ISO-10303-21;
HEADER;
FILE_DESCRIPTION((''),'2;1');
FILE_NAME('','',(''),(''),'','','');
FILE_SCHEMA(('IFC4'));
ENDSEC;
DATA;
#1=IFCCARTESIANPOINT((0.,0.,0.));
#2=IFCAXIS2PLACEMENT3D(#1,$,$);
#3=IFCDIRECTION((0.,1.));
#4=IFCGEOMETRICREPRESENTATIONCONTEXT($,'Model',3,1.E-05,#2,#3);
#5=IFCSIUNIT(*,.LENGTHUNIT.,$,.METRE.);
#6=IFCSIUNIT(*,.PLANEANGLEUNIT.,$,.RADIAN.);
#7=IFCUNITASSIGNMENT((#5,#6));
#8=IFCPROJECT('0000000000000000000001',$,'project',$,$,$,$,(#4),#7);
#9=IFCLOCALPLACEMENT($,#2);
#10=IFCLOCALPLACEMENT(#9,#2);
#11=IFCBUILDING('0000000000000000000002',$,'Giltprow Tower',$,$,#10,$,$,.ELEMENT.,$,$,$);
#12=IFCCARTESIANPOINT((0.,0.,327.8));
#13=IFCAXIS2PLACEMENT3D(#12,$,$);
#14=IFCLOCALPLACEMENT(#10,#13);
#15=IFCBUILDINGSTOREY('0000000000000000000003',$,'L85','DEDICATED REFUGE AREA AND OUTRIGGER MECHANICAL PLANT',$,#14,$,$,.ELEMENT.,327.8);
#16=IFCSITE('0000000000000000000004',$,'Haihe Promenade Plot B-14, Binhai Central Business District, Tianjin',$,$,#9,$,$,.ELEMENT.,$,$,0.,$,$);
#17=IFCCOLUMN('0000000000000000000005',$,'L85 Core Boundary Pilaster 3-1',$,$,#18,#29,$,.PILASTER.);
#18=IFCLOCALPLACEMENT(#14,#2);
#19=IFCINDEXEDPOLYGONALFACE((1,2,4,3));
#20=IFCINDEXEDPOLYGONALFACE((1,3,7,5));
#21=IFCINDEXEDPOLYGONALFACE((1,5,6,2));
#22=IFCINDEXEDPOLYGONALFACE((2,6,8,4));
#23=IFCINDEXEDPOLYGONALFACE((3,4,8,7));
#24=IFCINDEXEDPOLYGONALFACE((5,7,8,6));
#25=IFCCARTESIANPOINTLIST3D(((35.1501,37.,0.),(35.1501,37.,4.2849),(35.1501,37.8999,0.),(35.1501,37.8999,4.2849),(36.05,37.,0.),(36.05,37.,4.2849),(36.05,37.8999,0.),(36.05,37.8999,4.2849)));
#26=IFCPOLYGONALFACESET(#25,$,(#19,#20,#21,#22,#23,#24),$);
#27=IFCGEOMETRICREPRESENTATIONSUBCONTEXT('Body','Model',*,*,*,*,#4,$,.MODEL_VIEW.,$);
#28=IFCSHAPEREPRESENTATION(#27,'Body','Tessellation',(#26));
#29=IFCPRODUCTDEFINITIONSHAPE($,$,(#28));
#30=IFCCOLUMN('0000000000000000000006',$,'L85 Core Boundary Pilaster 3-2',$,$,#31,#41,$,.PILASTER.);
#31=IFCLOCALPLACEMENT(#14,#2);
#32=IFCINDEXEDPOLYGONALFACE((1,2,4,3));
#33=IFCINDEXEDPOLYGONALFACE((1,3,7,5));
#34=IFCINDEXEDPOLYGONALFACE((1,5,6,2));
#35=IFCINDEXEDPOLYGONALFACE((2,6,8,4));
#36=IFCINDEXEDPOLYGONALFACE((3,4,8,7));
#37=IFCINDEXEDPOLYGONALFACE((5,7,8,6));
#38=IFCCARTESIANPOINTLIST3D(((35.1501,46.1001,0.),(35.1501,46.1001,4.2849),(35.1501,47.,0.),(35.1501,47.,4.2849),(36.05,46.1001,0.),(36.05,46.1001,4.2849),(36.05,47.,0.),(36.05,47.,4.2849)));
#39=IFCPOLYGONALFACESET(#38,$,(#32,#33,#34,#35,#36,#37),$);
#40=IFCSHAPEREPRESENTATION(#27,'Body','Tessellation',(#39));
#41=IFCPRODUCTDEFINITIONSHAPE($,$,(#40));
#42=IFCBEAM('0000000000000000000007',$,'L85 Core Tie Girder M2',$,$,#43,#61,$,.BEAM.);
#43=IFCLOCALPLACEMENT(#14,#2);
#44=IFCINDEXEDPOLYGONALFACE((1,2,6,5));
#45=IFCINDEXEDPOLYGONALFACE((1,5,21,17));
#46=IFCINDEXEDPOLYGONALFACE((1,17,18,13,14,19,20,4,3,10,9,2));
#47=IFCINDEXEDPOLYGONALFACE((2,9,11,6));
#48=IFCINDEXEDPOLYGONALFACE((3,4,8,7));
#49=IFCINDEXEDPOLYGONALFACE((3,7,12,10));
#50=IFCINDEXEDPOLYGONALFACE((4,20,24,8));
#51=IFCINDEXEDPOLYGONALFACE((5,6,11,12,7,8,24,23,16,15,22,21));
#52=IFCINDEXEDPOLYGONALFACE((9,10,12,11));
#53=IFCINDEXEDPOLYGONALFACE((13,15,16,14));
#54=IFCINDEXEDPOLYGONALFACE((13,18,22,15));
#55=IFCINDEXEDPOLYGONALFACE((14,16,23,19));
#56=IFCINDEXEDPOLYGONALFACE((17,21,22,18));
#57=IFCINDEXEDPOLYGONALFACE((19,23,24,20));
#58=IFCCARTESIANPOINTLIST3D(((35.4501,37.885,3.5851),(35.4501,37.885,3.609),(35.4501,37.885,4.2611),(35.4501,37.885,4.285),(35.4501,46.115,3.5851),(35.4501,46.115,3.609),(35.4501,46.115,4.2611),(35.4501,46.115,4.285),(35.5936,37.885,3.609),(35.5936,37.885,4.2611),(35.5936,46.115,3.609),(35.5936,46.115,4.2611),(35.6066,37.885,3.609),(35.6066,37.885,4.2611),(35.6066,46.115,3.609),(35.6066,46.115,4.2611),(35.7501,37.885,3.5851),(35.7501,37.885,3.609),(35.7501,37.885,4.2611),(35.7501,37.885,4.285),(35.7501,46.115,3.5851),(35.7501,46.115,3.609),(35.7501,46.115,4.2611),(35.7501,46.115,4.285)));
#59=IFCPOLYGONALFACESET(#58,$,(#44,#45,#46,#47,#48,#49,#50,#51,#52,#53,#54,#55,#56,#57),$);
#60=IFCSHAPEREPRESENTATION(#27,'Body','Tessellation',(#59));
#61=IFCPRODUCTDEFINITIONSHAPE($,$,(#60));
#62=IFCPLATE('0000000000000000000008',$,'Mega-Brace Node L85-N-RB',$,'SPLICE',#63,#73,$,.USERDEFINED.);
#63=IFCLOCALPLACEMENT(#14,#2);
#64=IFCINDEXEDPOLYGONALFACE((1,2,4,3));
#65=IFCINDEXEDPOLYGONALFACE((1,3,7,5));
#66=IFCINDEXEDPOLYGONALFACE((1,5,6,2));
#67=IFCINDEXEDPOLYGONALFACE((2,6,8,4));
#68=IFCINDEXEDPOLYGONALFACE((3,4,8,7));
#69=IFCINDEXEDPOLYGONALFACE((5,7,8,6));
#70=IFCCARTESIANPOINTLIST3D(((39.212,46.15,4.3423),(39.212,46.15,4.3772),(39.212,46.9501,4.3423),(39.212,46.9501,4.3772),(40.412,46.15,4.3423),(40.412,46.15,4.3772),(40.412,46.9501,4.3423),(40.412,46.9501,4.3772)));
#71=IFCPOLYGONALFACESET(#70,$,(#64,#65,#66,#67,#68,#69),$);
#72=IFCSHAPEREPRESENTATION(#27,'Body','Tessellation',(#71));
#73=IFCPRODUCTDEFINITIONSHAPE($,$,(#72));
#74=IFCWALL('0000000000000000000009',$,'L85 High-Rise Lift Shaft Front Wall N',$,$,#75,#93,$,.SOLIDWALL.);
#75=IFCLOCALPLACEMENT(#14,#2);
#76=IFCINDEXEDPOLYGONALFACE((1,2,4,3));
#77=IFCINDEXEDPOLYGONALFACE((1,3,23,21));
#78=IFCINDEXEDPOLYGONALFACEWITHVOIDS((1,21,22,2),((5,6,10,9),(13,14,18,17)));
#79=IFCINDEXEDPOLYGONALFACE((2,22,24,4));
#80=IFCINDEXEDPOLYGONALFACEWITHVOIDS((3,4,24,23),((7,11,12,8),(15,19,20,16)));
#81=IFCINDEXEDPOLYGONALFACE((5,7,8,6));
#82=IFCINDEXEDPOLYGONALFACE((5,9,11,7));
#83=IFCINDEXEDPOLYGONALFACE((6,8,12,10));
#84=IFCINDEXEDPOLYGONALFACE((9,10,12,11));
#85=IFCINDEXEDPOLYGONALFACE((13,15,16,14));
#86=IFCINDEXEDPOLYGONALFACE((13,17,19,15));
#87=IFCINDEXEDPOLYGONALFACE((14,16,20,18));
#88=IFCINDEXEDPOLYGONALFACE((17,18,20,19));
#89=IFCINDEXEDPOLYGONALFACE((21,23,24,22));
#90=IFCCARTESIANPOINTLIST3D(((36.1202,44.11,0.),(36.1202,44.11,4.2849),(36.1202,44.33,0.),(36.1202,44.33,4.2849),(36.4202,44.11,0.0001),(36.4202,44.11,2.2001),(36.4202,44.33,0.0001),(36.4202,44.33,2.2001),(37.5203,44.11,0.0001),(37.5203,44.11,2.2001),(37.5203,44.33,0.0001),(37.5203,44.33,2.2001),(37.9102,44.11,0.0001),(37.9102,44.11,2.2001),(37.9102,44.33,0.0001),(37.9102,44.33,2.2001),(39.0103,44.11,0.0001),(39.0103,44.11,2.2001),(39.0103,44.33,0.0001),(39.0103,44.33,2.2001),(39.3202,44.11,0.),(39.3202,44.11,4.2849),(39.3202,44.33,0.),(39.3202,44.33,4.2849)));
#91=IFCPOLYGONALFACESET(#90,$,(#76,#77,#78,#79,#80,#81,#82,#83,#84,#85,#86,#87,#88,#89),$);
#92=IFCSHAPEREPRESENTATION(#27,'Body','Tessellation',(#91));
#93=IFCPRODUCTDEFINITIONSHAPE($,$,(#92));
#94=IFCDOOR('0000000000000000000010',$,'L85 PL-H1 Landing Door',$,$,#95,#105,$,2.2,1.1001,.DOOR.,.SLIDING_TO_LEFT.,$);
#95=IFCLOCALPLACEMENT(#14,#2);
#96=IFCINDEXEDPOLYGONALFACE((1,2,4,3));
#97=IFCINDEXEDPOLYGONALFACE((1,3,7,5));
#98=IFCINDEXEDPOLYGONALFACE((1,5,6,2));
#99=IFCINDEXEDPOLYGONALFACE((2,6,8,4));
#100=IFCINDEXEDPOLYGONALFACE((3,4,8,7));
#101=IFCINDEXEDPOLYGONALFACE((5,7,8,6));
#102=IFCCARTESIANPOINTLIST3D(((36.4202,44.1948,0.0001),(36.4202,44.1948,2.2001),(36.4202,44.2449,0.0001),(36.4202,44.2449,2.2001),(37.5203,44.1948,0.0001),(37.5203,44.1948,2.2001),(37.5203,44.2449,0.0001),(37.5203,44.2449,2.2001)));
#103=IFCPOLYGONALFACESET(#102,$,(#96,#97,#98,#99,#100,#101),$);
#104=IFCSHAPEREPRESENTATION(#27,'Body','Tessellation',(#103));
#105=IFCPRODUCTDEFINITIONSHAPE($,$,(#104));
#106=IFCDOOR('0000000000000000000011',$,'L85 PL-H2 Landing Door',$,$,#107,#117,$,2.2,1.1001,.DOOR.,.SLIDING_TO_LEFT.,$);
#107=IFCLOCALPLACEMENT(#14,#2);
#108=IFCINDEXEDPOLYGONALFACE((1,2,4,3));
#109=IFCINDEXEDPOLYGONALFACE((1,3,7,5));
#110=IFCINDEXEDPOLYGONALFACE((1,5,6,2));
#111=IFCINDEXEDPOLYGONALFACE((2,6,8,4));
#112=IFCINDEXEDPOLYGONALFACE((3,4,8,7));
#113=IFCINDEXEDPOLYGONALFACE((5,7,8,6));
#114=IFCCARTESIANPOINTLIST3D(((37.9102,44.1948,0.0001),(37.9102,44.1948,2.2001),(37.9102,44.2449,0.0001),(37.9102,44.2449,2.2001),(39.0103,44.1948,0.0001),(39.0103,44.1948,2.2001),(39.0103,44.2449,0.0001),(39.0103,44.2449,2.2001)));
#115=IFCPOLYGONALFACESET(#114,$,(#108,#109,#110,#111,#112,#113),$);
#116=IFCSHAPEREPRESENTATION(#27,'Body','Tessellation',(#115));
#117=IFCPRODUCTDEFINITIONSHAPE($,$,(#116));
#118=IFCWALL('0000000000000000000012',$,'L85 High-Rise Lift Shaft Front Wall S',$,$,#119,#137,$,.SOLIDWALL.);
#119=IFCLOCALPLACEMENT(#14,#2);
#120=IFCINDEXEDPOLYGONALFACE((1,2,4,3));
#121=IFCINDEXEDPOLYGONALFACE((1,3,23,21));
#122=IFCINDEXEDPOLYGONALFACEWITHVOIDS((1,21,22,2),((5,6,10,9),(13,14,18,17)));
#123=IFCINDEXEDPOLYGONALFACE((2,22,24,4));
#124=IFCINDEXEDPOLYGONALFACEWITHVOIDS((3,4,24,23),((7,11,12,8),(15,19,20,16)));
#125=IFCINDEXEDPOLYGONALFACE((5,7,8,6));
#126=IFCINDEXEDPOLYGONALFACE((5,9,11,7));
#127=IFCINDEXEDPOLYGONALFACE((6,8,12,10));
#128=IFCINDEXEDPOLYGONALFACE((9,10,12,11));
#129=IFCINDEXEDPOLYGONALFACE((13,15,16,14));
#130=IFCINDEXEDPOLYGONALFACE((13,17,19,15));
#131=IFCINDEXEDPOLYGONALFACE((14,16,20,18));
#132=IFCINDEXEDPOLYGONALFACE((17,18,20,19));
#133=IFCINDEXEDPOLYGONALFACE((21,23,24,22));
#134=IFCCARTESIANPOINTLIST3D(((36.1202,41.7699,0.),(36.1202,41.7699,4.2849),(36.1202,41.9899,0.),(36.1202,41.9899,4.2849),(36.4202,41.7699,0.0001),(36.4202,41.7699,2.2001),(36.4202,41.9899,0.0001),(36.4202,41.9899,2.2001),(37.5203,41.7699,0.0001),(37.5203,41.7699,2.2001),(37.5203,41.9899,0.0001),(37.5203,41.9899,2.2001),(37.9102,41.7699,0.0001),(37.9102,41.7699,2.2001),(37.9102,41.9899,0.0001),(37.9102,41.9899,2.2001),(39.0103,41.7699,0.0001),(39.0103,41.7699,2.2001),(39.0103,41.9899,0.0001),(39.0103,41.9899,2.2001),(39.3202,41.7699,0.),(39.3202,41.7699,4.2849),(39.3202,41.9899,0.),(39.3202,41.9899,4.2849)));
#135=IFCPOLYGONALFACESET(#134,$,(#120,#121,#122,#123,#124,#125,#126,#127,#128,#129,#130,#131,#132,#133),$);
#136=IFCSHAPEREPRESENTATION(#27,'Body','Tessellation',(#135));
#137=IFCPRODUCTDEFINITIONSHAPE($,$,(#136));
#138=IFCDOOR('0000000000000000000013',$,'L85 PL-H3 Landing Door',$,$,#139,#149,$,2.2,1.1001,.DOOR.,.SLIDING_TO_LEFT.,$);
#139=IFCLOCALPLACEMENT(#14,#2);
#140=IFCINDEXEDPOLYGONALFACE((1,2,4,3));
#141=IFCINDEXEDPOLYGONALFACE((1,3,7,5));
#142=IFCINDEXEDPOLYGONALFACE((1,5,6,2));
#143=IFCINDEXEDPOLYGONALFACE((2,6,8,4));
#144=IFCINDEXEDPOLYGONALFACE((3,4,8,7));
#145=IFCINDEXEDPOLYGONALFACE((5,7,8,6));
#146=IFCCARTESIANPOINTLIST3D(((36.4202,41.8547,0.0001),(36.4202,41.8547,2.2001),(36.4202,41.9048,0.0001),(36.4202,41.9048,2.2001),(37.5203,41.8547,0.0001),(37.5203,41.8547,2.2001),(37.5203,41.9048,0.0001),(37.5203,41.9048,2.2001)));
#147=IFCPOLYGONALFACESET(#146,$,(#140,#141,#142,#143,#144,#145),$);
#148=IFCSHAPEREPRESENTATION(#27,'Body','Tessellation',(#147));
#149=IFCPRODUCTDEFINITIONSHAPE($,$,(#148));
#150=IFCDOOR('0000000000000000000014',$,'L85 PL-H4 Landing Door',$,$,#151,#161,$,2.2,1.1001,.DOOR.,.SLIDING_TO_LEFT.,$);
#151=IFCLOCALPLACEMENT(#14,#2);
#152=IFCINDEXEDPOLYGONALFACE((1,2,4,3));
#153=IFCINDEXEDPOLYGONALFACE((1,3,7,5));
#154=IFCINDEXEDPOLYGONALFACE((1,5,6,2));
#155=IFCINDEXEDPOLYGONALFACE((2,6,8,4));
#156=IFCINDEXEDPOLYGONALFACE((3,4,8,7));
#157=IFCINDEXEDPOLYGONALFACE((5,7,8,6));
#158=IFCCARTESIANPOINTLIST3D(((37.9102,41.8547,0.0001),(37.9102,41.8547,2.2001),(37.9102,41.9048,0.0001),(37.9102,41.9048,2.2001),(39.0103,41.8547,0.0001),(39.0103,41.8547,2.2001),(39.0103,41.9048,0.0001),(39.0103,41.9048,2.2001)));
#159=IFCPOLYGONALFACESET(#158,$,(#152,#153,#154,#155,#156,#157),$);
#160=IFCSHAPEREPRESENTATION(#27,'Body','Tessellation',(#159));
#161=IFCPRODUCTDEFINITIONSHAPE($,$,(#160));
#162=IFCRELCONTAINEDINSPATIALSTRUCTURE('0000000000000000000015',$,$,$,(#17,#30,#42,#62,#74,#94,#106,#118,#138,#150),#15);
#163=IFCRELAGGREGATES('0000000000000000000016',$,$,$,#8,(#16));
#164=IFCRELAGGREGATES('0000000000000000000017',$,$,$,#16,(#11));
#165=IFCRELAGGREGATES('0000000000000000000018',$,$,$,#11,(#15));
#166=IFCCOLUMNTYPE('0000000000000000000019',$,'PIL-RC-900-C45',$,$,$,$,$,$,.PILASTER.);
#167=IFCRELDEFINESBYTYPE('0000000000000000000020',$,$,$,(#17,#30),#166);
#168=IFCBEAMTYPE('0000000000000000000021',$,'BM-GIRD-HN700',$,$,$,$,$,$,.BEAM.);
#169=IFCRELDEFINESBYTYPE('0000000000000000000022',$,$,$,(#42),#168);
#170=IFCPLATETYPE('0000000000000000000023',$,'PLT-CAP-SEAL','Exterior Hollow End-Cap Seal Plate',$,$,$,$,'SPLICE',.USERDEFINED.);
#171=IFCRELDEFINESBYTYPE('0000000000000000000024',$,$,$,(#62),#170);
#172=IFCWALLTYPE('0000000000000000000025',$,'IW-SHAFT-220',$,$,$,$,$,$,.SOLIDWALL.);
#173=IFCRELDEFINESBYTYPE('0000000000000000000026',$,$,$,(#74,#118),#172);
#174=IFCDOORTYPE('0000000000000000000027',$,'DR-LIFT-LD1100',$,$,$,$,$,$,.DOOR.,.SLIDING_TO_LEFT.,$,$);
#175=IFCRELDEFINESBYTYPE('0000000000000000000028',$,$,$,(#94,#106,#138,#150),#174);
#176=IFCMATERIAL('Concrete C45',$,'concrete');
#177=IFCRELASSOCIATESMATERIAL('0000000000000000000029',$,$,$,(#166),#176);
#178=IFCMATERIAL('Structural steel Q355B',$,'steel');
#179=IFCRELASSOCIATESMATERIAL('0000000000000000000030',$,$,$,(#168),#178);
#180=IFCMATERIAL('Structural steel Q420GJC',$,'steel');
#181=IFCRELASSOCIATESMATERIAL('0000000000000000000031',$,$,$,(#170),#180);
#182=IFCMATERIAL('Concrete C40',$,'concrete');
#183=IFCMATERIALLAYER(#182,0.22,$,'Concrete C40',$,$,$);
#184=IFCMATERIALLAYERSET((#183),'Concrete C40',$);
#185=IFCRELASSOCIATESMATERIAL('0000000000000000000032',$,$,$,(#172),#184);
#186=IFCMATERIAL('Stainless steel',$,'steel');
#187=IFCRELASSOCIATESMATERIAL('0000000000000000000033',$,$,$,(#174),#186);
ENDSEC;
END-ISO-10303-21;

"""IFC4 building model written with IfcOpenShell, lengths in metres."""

from ifc_helpers import new_model, si_unit, direction, frame, frame_2d, origin, origin_2d, place, context, subcontext, project, spatial, rectangle, i_section, extrude, source, transform, mapped, material, layer, layer_set, material_profile, profile_set, type_object, element, fill, save


model = new_model("IFC4")

# Units and contexts
model_context = context("Model", 3, precision=1e-05, world=origin(), true_north=direction((0.0, 1.0)))
body_context = subcontext(model_context, "Body", "Model", "MODEL_VIEW")
ifc_project = project(units=[si_unit("LENGTHUNIT", "METRE"), si_unit("PLANEANGLEUNIT", "RADIAN")], contexts=[model_context])

# Site, building, storey
site_placement = place(None, origin())
site = spatial("IfcSite", under=ifc_project, at=site_placement, Name="Haihe Promenade Plot B-14, Binhai Central Business District, Tianjin", CompositionType="ELEMENT", RefElevation=0.0)
building_placement = place(site_placement, origin())
building = spatial("IfcBuilding", under=site, at=building_placement, Name="Giltprow Tower", CompositionType="ELEMENT")
storey_placement = place(building_placement, frame((0.0, 0.0, 327.8)))
storey = spatial("IfcBuildingStorey", under=building, at=storey_placement, Name="L85", Description="DEDICATED REFUGE AREA AND OUTRIGGER MECHANICAL PLANT", CompositionType="ELEMENT", Elevation=327.8)

# Columns
ifc_material_1 = material(Name="Concrete C45", Category="concrete")
ifc_material_profile_1 = material_profile(ifc_material_1, rectangle(XDim=0.8999, YDim=0.8999, at=origin_2d()), Name="RC 900x900")
ifc_profile_set_1 = profile_set([ifc_material_profile_1], Name="Concrete C45")
column_type = type_object("IfcColumnType", Name="PIL-RC-900-C45", PredefinedType="PILASTER", material=ifc_profile_set_1)
shared_shape_1 = source(origin(), body_context, "Body", "SweptSolid", [
    extrude(rectangle(XDim=0.8999, YDim=0.8999, at=origin_2d()), origin(), (0.0, 0.0, 1.0), 4.2849),
])
for number, where, z_axis, x_axis, name in (
    (1, (35.6001, 37.45, 0.0), (0.0, 0.0, 1.0), (1.0, 0.0, 0.0), "L85 Core Boundary Pilaster 3-1"),
    (2, (35.6001, 46.55, 0.0), (0.0, 0.0, 1.0), (1.0, 0.0, 0.0), "L85 Core Boundary Pilaster 3-2"),
):
    element("IfcColumn", number, at=place(storey_placement, frame(where, z_axis=z_axis, x_axis=x_axis)), inside=storey, type_object=column_type, Name=name, PredefinedType="PILASTER", context=body_context, shape_type="MappedRepresentation", body=[
        mapped(shared_shape_1, transform((0.0, 0.0, 0.0), x_axis=(1.0, 0.0, 0.0), y_axis=(0.0, 1.0, 0.0), z_axis=(0.0, 0.0, 1.0), scale=1.0)),
    ])

# Beam
ifc_material_2 = material(Name="Structural steel Q355B", Category="steel")
ifc_material_profile_2 = material_profile(ifc_material_2, i_section(OverallWidth=0.3, OverallDepth=0.7, WebThickness=0.0129, FlangeThickness=0.0239, at=origin_2d()), Name="HN 700x300x13x24")
ifc_profile_set_2 = profile_set([ifc_material_profile_2], Name="Structural steel Q355B")
beam_type = type_object("IfcBeamType", Name="BM-GIRD-HN700", PredefinedType="BEAM", material=ifc_profile_set_2)
shared_shape_2 = source(origin(), body_context, "Body", "SweptSolid", [
    extrude(i_section(OverallWidth=0.3, OverallDepth=0.7, WebThickness=0.0129, FlangeThickness=0.0239, at=origin_2d()), origin(), (0.0, 0.0, 1.0), 8.23),
])
beam_placement = place(storey_placement, frame((35.6001, 37.885, 3.9351), z_axis=(0.0, 1.0, 0.0), x_axis=(-1.0, 0.0, 0.0)))
element("IfcBeam", 3, at=beam_placement, inside=storey, type_object=beam_type, Name="L85 Core Tie Girder M2", PredefinedType="BEAM", context=body_context, shape_type="MappedRepresentation", body=[
    mapped(shared_shape_2, transform((0.0, 0.0, 0.0), x_axis=(1.0, 0.0, 0.0), y_axis=(0.0, 1.0, 0.0), z_axis=(0.0, 0.0, 1.0), scale=1.0)),
])

# Plate
ifc_material_3 = material(Name="Structural steel Q420GJC", Category="steel")
plate_type = type_object("IfcPlateType", Name="PLT-CAP-SEAL", Description="Exterior Hollow End-Cap Seal Plate", ElementType="SPLICE", PredefinedType="USERDEFINED", material=ifc_material_3)
shared_shape_3 = source(origin(), body_context, "Body", "SweptSolid", [
    extrude(rectangle(XDim=1.2, YDim=0.8, at=origin_2d()), origin(), (0.0, 0.0, 1.0), 0.0349),
])
plate_placement = place(storey_placement, frame((39.812, 46.55, 4.3423), z_axis=(0.0, 0.0, 1.0), x_axis=(1.0, 0.0, 0.0)))
element("IfcPlate", 4, at=plate_placement, inside=storey, type_object=plate_type, Name="Mega-Brace Node L85-N-RB", ObjectType="SPLICE", PredefinedType="USERDEFINED", context=body_context, shape_type="MappedRepresentation", body=[
    mapped(shared_shape_3, transform((0.0, 0.0, 0.0), x_axis=(1.0, 0.0, 0.0), y_axis=(0.0, 1.0, 0.0), z_axis=(0.0, 0.0, 1.0), scale=1.0)),
])

# Walls, openings, doors
ifc_material_4 = material(Name="Concrete C40", Category="concrete")
ifc_layer_1 = layer(ifc_material_4, 0.22, Name="Concrete C40")
ifc_layer_set_1 = layer_set([ifc_layer_1], Name="Concrete C40")
wall_type_1 = type_object("IfcWallType", Name="IW-SHAFT-220", PredefinedType="SOLIDWALL", material=ifc_layer_set_1)
wall_1_placement = place(storey_placement, frame((36.1201, 44.22, 0.0), z_axis=(0.0, 0.0, 1.0), x_axis=(1.0, 0.0, 0.0)))
wall_1 = element("IfcWall", 5, at=wall_1_placement, inside=storey, type_object=wall_type_1, Name="L85 High-Rise Lift Shaft Front Wall N", PredefinedType="SOLIDWALL", context=body_context, shape_type="SweptSolid", body=[
    extrude(rectangle(XDim=3.2, YDim=0.22, at=frame_2d((1.6001, 0.0))), origin(), (0.0, 0.0, 1.0), 4.2849),
])
opening_1_placement = place(wall_1_placement, frame((0.3, 0.0, 0.0)))
opening_1 = element("IfcOpeningElement", 6, at=opening_1_placement, cuts=wall_1, PredefinedType="OPENING", context=body_context, shape_type="SweptSolid", body=[
    extrude(rectangle(XDim=1.1001, YDim=2.2, at=frame_2d((0.55, 1.1001))), frame((0.0, 0.1199, 0.0), z_axis=(0.0, -1.0, 0.0), x_axis=(1.0, 0.0, 0.0)), (0.0, 0.0, 1.0), 0.24),
])
opening_2_placement = place(wall_1_placement, frame((1.79, 0.0, 0.0)))
opening_2 = element("IfcOpeningElement", 7, at=opening_2_placement, cuts=wall_1, PredefinedType="OPENING", context=body_context, shape_type="SweptSolid", body=[
    extrude(rectangle(XDim=1.1001, YDim=2.2, at=frame_2d((0.55, 1.1001))), frame((0.0, 0.1199, 0.0), z_axis=(0.0, -1.0, 0.0), x_axis=(1.0, 0.0, 0.0)), (0.0, 0.0, 1.0), 0.24),
])
ifc_material_5 = material(Name="Stainless steel", Category="steel")
door_type_1 = type_object("IfcDoorType", Name="DR-LIFT-LD1100", OperationType="SLIDING_TO_LEFT", PredefinedType="DOOR", material=ifc_material_5)
shared_shape_4 = source(origin(), body_context, "Body", "SweptSolid", [
    extrude(rectangle(XDim=1.1001, YDim=2.2, at=frame_2d((0.55, 1.1001))), frame((0.0, 0.0249, 0.0), z_axis=(0.0, -1.0, 0.0), x_axis=(1.0, 0.0, 0.0)), (0.0, 0.0, 1.0), 0.05),
])
door_1_placement = place(opening_1_placement, origin())
door_1 = element("IfcDoor", 8, at=door_1_placement, inside=storey, type_object=door_type_1, Name="L85 PL-H1 Landing Door", OperationType="SLIDING_TO_LEFT", OverallHeight=2.2, OverallWidth=1.1001, PredefinedType="DOOR", context=body_context, shape_type="MappedRepresentation", body=[
    mapped(shared_shape_4, transform((0.0, 0.0, 0.0), x_axis=(1.0, 0.0, 0.0), y_axis=(0.0, 1.0, 0.0), z_axis=(0.0, 0.0, 1.0), scale=1.0)),
])
fill(opening_1, door_1)
door_2_placement = place(opening_2_placement, origin())
door_2 = element("IfcDoor", 9, at=door_2_placement, inside=storey, type_object=door_type_1, Name="L85 PL-H2 Landing Door", OperationType="SLIDING_TO_LEFT", OverallHeight=2.2, OverallWidth=1.1001, PredefinedType="DOOR", context=body_context, shape_type="MappedRepresentation", body=[
    mapped(shared_shape_4, transform((0.0, 0.0, 0.0), x_axis=(1.0, 0.0, 0.0), y_axis=(0.0, 1.0, 0.0), z_axis=(0.0, 0.0, 1.0), scale=1.0)),
])
fill(opening_2, door_2)
wall_2_placement = place(storey_placement, frame((36.1201, 41.8799, 0.0), z_axis=(0.0, 0.0, 1.0), x_axis=(1.0, 0.0, 0.0)))
wall_2 = element("IfcWall", 10, at=wall_2_placement, inside=storey, type_object=wall_type_1, Name="L85 High-Rise Lift Shaft Front Wall S", PredefinedType="SOLIDWALL", context=body_context, shape_type="SweptSolid", body=[
    extrude(rectangle(XDim=3.2, YDim=0.22, at=frame_2d((1.6001, 0.0))), origin(), (0.0, 0.0, 1.0), 4.2849),
])
opening_3_placement = place(wall_2_placement, frame((0.3, 0.0, 0.0)))
opening_3 = element("IfcOpeningElement", 11, at=opening_3_placement, cuts=wall_2, PredefinedType="OPENING", context=body_context, shape_type="SweptSolid", body=[
    extrude(rectangle(XDim=1.1001, YDim=2.2, at=frame_2d((0.55, 1.1001))), frame((0.0, 0.1199, 0.0), z_axis=(0.0, -1.0, 0.0), x_axis=(1.0, 0.0, 0.0)), (0.0, 0.0, 1.0), 0.24),
])
opening_4_placement = place(wall_2_placement, frame((1.79, 0.0, 0.0)))
opening_4 = element("IfcOpeningElement", 12, at=opening_4_placement, cuts=wall_2, PredefinedType="OPENING", context=body_context, shape_type="SweptSolid", body=[
    extrude(rectangle(XDim=1.1001, YDim=2.2, at=frame_2d((0.55, 1.1001))), frame((0.0, 0.1199, 0.0), z_axis=(0.0, -1.0, 0.0), x_axis=(1.0, 0.0, 0.0)), (0.0, 0.0, 1.0), 0.24),
])
door_3_placement = place(opening_3_placement, origin())
door_3 = element("IfcDoor", 13, at=door_3_placement, inside=storey, type_object=door_type_1, Name="L85 PL-H3 Landing Door", OperationType="SLIDING_TO_LEFT", OverallHeight=2.2, OverallWidth=1.1001, PredefinedType="DOOR", context=body_context, shape_type="MappedRepresentation", body=[
    mapped(shared_shape_4, transform((0.0, 0.0, 0.0), x_axis=(1.0, 0.0, 0.0), y_axis=(0.0, 1.0, 0.0), z_axis=(0.0, 0.0, 1.0), scale=1.0)),
])
fill(opening_3, door_3)
door_4_placement = place(opening_4_placement, origin())
door_4 = element("IfcDoor", 14, at=door_4_placement, inside=storey, type_object=door_type_1, Name="L85 PL-H4 Landing Door", OperationType="SLIDING_TO_LEFT", OverallHeight=2.2, OverallWidth=1.1001, PredefinedType="DOOR", context=body_context, shape_type="MappedRepresentation", body=[
    mapped(shared_shape_4, transform((0.0, 0.0, 0.0), x_axis=(1.0, 0.0, 0.0), y_axis=(0.0, 1.0, 0.0), z_axis=(0.0, 0.0, 1.0), scale=1.0)),
])
fill(opening_4, door_4)

save(model, "model.ifc")
